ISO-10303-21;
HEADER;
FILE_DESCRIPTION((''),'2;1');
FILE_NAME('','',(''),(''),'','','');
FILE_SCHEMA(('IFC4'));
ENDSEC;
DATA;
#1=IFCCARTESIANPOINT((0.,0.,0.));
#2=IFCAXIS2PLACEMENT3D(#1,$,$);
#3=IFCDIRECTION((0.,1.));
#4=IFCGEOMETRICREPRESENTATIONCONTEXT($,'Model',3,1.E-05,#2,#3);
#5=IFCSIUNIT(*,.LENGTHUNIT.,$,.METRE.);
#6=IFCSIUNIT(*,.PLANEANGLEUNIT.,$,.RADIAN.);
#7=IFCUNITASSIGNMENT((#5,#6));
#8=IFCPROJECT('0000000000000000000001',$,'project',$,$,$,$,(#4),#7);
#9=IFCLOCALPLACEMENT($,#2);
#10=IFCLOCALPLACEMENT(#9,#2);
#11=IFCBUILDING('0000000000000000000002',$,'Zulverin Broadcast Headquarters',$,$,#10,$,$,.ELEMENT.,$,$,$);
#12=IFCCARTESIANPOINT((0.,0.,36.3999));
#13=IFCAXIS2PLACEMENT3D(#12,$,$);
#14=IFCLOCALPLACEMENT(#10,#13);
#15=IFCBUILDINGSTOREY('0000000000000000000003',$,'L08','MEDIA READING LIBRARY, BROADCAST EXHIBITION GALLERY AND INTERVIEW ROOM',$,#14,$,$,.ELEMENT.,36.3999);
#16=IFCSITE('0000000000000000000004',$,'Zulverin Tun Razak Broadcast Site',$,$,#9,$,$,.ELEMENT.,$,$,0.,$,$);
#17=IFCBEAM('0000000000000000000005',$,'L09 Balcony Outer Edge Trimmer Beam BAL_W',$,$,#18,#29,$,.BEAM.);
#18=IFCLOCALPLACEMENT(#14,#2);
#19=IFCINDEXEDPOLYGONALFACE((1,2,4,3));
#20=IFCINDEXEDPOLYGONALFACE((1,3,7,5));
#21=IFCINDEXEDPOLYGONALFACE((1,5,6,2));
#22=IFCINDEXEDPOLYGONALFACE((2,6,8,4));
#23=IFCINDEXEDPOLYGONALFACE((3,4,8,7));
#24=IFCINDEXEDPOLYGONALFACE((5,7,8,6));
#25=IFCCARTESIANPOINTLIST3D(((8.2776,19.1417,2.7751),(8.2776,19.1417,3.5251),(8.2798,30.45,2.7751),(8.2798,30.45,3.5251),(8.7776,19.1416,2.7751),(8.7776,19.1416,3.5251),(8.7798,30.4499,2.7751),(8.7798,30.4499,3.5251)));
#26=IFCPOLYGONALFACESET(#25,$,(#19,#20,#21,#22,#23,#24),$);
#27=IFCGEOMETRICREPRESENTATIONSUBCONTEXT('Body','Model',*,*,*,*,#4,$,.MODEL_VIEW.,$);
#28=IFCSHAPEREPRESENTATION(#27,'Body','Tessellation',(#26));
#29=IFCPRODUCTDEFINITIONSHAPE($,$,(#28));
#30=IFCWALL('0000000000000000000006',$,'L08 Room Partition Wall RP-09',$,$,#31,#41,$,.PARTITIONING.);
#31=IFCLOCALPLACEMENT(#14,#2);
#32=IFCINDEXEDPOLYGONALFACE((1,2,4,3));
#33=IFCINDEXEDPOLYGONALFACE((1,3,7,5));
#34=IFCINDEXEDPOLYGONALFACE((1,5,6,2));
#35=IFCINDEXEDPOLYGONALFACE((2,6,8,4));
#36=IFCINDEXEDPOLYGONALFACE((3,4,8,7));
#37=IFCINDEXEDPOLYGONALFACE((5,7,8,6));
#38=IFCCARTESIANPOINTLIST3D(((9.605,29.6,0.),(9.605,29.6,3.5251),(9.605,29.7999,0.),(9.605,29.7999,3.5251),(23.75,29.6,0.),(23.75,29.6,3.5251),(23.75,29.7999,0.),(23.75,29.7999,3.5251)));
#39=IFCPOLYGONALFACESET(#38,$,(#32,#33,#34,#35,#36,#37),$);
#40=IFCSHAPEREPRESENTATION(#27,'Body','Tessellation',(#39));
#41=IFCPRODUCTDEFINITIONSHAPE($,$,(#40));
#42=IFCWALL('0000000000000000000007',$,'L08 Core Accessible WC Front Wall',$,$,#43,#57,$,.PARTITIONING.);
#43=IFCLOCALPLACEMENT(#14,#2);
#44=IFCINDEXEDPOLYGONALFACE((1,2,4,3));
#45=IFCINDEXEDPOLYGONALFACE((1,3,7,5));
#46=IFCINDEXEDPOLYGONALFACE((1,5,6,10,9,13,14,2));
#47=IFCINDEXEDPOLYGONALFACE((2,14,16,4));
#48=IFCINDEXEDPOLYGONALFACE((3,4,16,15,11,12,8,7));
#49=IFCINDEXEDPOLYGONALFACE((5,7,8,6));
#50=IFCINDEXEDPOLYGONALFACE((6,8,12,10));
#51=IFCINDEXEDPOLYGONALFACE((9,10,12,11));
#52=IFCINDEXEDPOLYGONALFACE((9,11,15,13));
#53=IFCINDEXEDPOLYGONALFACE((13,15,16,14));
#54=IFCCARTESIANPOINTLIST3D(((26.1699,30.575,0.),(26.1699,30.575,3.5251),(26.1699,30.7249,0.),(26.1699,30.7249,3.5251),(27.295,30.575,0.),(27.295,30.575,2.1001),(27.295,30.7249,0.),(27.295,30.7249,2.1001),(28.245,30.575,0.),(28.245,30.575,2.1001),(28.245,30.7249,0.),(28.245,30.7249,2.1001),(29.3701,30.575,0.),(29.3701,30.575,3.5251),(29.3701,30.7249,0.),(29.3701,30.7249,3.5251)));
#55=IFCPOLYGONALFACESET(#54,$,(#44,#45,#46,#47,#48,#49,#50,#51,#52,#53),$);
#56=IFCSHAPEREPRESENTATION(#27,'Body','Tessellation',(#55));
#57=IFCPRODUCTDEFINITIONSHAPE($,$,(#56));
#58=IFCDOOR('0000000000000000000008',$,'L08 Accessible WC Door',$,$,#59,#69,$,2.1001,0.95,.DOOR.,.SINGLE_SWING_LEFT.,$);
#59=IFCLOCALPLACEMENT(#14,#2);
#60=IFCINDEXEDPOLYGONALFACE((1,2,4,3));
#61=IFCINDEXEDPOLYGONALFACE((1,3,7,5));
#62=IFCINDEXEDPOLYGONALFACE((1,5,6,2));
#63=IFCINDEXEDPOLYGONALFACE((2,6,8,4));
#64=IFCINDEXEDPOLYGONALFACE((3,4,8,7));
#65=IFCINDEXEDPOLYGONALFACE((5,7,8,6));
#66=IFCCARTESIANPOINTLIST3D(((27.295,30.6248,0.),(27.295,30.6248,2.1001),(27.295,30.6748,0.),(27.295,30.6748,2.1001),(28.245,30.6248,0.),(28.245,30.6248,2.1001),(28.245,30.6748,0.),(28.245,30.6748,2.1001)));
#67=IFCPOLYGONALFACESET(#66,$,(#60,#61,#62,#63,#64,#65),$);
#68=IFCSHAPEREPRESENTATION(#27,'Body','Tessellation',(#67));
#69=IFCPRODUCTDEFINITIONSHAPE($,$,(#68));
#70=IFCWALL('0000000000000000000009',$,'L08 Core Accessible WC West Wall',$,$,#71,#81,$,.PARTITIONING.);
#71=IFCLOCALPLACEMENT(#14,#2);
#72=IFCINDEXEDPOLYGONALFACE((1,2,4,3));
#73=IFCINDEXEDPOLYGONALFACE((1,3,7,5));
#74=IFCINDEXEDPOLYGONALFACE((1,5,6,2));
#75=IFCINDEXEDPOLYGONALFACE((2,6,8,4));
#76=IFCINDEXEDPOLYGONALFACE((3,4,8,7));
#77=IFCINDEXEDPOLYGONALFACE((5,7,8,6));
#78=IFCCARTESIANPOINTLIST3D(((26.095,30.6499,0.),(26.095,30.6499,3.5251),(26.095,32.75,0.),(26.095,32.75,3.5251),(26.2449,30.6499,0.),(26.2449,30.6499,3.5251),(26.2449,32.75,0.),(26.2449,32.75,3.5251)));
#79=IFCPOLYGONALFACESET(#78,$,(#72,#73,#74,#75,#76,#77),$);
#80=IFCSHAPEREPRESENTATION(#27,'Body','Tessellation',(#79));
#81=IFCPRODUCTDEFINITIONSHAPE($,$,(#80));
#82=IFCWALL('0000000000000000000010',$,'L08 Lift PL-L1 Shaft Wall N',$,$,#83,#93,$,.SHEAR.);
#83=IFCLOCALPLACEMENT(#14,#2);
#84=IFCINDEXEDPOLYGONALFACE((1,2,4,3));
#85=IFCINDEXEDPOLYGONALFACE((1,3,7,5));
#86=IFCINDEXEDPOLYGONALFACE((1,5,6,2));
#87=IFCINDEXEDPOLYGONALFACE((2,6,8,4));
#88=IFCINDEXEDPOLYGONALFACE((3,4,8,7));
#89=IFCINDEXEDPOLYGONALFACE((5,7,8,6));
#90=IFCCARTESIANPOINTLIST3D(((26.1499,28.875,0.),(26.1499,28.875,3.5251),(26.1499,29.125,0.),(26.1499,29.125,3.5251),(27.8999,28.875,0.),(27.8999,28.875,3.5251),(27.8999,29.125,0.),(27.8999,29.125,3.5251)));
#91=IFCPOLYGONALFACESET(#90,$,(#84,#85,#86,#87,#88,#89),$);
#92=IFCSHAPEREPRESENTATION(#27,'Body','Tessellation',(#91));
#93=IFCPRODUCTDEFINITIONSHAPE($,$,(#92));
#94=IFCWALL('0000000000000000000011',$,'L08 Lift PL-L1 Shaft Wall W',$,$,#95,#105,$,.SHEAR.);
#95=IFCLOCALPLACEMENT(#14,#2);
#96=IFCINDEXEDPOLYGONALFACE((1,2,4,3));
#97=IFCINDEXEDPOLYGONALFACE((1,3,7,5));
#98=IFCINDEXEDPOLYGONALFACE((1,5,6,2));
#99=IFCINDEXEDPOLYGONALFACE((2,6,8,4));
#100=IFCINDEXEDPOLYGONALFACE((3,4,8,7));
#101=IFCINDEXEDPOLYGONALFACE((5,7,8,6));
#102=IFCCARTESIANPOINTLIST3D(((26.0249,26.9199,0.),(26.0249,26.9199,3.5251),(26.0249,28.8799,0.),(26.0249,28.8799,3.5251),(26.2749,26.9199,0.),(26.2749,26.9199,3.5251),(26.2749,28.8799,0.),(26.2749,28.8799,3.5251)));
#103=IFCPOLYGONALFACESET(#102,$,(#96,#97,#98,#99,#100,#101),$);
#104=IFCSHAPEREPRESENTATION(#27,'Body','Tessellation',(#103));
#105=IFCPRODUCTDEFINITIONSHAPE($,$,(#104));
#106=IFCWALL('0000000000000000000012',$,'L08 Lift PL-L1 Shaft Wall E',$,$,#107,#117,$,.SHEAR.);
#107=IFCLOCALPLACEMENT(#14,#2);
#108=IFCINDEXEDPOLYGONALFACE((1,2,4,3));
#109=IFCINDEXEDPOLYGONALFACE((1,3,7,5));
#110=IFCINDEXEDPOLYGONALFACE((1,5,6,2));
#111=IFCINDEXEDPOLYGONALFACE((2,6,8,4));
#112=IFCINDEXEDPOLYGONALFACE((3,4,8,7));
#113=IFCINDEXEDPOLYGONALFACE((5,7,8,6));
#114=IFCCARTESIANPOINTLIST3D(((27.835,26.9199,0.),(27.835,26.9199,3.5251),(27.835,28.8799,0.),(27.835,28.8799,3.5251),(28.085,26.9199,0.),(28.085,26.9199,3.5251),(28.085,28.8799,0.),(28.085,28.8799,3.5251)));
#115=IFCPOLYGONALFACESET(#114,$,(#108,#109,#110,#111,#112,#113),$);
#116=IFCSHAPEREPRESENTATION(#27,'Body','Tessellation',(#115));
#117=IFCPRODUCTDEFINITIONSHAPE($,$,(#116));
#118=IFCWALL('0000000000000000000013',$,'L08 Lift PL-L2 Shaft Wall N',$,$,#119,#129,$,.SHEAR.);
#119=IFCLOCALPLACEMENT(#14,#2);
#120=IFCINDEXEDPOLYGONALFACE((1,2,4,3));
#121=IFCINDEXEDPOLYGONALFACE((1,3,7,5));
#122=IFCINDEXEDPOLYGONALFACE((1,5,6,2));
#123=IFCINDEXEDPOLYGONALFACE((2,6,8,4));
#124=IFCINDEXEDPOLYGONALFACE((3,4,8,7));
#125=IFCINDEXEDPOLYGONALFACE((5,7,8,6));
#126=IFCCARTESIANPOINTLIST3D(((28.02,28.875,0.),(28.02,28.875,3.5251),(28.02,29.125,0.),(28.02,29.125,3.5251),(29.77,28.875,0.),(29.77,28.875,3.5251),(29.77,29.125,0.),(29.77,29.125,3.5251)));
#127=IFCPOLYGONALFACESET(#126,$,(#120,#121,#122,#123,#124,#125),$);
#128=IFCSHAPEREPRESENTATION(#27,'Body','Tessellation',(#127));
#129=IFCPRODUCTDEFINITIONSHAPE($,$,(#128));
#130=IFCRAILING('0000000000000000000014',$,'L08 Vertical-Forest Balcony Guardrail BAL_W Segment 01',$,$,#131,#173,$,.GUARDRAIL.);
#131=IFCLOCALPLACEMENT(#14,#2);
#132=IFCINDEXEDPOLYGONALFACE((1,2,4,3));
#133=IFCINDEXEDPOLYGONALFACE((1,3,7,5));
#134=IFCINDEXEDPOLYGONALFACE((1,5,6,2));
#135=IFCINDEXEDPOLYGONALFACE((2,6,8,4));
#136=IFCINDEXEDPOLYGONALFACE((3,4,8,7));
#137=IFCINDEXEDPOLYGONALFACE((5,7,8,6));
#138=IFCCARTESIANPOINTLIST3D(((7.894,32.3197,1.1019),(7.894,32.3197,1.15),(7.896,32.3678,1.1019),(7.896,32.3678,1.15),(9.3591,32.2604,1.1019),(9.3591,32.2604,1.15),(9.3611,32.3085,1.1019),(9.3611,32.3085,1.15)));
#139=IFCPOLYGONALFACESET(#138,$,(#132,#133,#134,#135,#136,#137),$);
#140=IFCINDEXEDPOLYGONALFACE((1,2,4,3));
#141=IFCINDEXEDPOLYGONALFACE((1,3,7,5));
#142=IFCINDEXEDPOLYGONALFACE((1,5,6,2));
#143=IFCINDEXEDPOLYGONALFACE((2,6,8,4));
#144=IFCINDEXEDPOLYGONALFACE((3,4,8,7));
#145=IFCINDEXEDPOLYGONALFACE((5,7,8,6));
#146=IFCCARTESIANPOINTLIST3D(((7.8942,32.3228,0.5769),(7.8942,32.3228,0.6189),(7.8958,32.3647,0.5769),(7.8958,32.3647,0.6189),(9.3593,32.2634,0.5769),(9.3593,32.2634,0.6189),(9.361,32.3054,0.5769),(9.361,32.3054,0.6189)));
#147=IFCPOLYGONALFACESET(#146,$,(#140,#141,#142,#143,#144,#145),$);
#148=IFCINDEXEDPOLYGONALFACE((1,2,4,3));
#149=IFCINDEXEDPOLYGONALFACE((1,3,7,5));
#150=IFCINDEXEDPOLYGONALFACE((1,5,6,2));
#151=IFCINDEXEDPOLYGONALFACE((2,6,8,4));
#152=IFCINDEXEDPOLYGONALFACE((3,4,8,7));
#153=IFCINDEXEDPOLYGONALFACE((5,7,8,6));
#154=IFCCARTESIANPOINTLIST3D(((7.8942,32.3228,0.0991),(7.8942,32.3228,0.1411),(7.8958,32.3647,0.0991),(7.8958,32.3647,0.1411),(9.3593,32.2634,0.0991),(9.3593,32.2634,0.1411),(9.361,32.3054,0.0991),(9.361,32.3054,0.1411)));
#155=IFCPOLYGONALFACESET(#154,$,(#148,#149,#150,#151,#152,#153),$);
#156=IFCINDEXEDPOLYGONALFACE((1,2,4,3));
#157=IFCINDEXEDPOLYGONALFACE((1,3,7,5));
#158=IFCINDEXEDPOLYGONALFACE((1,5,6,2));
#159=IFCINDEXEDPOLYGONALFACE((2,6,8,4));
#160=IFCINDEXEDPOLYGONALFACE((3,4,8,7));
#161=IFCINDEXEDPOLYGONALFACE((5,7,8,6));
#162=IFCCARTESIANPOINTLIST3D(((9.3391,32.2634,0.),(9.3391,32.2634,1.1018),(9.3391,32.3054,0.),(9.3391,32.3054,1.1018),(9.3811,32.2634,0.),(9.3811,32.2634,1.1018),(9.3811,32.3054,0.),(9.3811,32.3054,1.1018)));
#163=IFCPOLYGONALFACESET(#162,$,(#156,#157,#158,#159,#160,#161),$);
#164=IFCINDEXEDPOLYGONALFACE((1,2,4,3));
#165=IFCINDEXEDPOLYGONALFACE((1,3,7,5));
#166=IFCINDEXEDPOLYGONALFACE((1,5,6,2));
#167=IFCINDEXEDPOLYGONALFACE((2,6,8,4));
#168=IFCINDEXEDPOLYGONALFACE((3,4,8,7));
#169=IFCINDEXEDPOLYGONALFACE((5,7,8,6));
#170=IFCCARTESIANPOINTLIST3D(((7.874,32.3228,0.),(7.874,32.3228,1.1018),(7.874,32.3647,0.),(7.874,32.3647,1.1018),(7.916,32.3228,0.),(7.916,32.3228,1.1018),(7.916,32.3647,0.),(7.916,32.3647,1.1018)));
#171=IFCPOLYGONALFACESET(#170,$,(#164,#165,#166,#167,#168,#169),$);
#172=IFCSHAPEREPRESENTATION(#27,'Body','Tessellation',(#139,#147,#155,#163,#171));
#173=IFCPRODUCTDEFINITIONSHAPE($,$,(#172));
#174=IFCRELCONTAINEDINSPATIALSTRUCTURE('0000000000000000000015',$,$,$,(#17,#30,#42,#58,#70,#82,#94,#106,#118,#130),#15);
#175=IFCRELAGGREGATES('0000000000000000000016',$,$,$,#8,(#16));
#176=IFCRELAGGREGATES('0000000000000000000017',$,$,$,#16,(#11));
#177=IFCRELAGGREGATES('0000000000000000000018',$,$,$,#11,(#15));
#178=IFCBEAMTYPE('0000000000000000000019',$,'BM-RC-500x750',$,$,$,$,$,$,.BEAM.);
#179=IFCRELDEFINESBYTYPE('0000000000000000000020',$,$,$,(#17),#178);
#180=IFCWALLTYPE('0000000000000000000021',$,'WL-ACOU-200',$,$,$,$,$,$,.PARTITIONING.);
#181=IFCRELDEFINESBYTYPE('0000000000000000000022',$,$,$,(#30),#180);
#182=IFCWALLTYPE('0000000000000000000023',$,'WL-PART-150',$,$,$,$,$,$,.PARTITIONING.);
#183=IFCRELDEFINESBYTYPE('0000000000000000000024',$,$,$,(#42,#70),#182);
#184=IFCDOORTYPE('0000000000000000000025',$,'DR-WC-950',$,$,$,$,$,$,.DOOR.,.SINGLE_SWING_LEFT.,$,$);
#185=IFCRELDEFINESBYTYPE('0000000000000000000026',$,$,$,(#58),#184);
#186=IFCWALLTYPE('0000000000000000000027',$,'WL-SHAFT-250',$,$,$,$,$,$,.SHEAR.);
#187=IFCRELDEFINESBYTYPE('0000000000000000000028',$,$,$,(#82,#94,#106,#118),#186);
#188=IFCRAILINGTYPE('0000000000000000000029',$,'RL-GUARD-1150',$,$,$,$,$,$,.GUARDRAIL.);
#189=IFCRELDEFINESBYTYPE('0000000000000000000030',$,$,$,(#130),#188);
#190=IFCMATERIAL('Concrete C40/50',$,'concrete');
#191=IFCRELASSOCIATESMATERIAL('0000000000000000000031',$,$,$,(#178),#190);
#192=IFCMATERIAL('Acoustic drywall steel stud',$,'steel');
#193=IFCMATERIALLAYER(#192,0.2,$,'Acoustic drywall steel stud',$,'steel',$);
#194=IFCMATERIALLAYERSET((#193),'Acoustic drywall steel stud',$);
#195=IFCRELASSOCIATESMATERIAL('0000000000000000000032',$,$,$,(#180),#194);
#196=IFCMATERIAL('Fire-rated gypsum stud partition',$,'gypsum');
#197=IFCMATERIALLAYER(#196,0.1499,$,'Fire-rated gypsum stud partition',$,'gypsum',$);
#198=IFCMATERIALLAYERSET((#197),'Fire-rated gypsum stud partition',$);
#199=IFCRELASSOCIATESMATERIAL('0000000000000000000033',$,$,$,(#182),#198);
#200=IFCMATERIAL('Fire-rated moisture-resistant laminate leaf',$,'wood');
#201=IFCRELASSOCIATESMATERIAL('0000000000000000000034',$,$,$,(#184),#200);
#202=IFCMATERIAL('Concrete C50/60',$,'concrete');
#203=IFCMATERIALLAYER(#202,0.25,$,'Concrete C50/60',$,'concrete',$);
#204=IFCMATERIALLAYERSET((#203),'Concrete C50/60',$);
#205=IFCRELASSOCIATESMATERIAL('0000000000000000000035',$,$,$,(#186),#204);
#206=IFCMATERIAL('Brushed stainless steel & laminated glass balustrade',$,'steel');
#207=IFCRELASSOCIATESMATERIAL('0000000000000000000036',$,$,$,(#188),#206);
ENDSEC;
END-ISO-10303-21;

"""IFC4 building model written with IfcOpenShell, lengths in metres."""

from ifc_helpers import new_model, si_unit, direction, frame, frame_2d, origin, origin_2d, place, context, subcontext, project, spatial, rectangle, extrude, material, layer, layer_set, material_profile, profile_set, type_object, element, fill, save


model = new_model("IFC4")

# Units and contexts
model_context = context("Model", 3, precision=1e-05, world=origin(), true_north=direction((0.0, 1.0)))
body_context = subcontext(model_context, "Body", "Model", "MODEL_VIEW")
ifc_project = project(units=[si_unit("LENGTHUNIT", "METRE"), si_unit("PLANEANGLEUNIT", "RADIAN")], contexts=[model_context])

# Site, building, storey
site_placement = place(None, origin())
site = spatial("IfcSite", under=ifc_project, at=site_placement, Name="Zulverin Tun Razak Broadcast Site", CompositionType="ELEMENT", RefElevation=0.0)
building_placement = place(site_placement, origin())
building = spatial("IfcBuilding", under=site, at=building_placement, Name="Zulverin Broadcast Headquarters", CompositionType="ELEMENT")
storey_placement = place(building_placement, frame((0.0, 0.0, 36.3999)))
storey = spatial("IfcBuildingStorey", under=building, at=storey_placement, Name="L08", Description="MEDIA READING LIBRARY, BROADCAST EXHIBITION GALLERY AND INTERVIEW ROOM", CompositionType="ELEMENT", Elevation=36.3999)

# Beam
ifc_material_1 = material(Name="Concrete C40/50", Category="concrete")
ifc_material_profile = material_profile(ifc_material_1, rectangle(XDim=0.5, YDim=0.75, at=origin_2d()), Name="Concrete C40/50", Category="concrete")
ifc_profile_set = profile_set([ifc_material_profile], Name="Concrete C40/50")
beam_type = type_object("IfcBeamType", Name="BM-RC-500x750", PredefinedType="BEAM", material=ifc_profile_set)
beam_placement = place(storey_placement, frame((8.5298, 30.45, 3.1501), z_axis=(-0.000194, -1.0, 0.0), x_axis=(1.0, -0.000194, 0.0)))
element("IfcBeam", 1, at=beam_placement, inside=storey, type_object=beam_type, Name="L09 Balcony Outer Edge Trimmer Beam BAL_W", PredefinedType="BEAM", context=body_context, shape_type="SweptSolid", body=[
    extrude(rectangle(XDim=0.5, YDim=0.75, at=origin_2d()), origin(), (0.0, 0.0, 1.0), 11.3083),
])

# Wall
ifc_material_2 = material(Name="Acoustic drywall steel stud", Category="steel")
ifc_layer_1 = layer(ifc_material_2, 0.2, Name="Acoustic drywall steel stud", Category="steel")
ifc_layer_set_1 = layer_set([ifc_layer_1], Name="Acoustic drywall steel stud")
wall_type_1 = type_object("IfcWallType", Name="WL-ACOU-200", PredefinedType="PARTITIONING", material=ifc_layer_set_1)
wall_1_placement = place(storey_placement, frame((9.605, 29.7, 0.0), z_axis=(0.0, 0.0, 1.0), x_axis=(1.0, 0.0, 0.0)))
element("IfcWall", 2, at=wall_1_placement, inside=storey, type_object=wall_type_1, Name="L08 Room Partition Wall RP-09", PredefinedType="PARTITIONING", context=body_context, shape_type="SweptSolid", body=[
    extrude(rectangle(XDim=14.145, YDim=0.2, at=frame_2d((7.0725, 0.0))), origin(), (0.0, 0.0, 1.0), 3.5251),
])

# Wall, opening, door
ifc_material_3 = material(Name="Fire-rated gypsum stud partition", Category="gypsum")
ifc_layer_2 = layer(ifc_material_3, 0.1499, Name="Fire-rated gypsum stud partition", Category="gypsum")
ifc_layer_set_2 = layer_set([ifc_layer_2], Name="Fire-rated gypsum stud partition")
wall_type_2 = type_object("IfcWallType", Name="WL-PART-150", PredefinedType="PARTITIONING", material=ifc_layer_set_2)
wall_2_placement = place(storey_placement, frame((26.1699, 30.6499, 0.0), z_axis=(0.0, 0.0, 1.0), x_axis=(1.0, 0.0, 0.0)))
wall_2 = element("IfcWall", 3, at=wall_2_placement, inside=storey, type_object=wall_type_2, Name="L08 Core Accessible WC Front Wall", PredefinedType="PARTITIONING", context=body_context, shape_type="SweptSolid", body=[
    extrude(rectangle(XDim=3.2002, YDim=0.1499, at=frame_2d((1.6001, 0.0))), origin(), (0.0, 0.0, 1.0), 3.5251),
])
opening_1_placement = place(wall_2_placement, frame((1.125, 0.0, 0.0)))
opening_1 = element("IfcOpeningElement", 4, at=opening_1_placement, cuts=wall_2, PredefinedType="OPENING", context=body_context, shape_type="SweptSolid", body=[
    extrude(rectangle(XDim=0.95, YDim=2.1001, at=frame_2d((0.4751, 1.05))), frame((0.0, 0.085, 0.0), z_axis=(0.0, -1.0, 0.0), x_axis=(1.0, 0.0, 0.0)), (0.0, 0.0, 1.0), 0.1699),
])
ifc_material_4 = material(Name="Fire-rated moisture-resistant laminate leaf", Category="wood")
door_type_1 = type_object("IfcDoorType", Name="DR-WC-950", OperationType="SINGLE_SWING_LEFT", PredefinedType="DOOR", material=ifc_material_4)
door_1_placement = place(opening_1_placement, origin())
door_1 = element("IfcDoor", 5, at=door_1_placement, inside=storey, type_object=door_type_1, Name="L08 Accessible WC Door", OperationType="SINGLE_SWING_LEFT", OverallHeight=2.1001, OverallWidth=0.95, PredefinedType="DOOR", context=body_context, shape_type="SweptSolid", body=[
    extrude(rectangle(XDim=0.95, YDim=2.1001, at=frame_2d((0.4751, 1.05))), frame((0.0, 0.0249, 0.0), z_axis=(0.0, -1.0, 0.0), x_axis=(1.0, 0.0, 0.0)), (0.0, 0.0, 1.0), 0.05),
])
fill(opening_1, door_1)

# Wall
wall_3_placement = place(storey_placement, frame((26.1699, 30.6499, 0.0), z_axis=(0.0, 0.0, 1.0), x_axis=(0.0, 1.0, 0.0)))
element("IfcWall", 6, at=wall_3_placement, inside=storey, type_object=wall_type_2, Name="L08 Core Accessible WC West Wall", PredefinedType="PARTITIONING", context=body_context, shape_type="SweptSolid", body=[
    extrude(rectangle(XDim=2.1001, YDim=0.1499, at=frame_2d((1.05, 0.0))), origin(), (0.0, 0.0, 1.0), 3.5251),
])

# Shared definitions
ifc_material_5 = material(Name="Concrete C50/60", Category="concrete")
ifc_layer_3 = layer(ifc_material_5, 0.25, Name="Concrete C50/60", Category="concrete")
ifc_layer_set_3 = layer_set([ifc_layer_3], Name="Concrete C50/60")
wall_type_3 = type_object("IfcWallType", Name="WL-SHAFT-250", PredefinedType="SHEAR", material=ifc_layer_set_3)

# Walls
wall_4_placement = place(storey_placement, frame((26.1499, 29.0, 0.0), z_axis=(0.0, 0.0, 1.0), x_axis=(1.0, 0.0, 0.0)))
element("IfcWall", 7, at=wall_4_placement, inside=storey, type_object=wall_type_3, Name="L08 Lift PL-L1 Shaft Wall N", PredefinedType="SHEAR", context=body_context, shape_type="SweptSolid", body=[
    extrude(rectangle(XDim=1.75, YDim=0.25, at=frame_2d((0.875, 0.0))), origin(), (0.0, 0.0, 1.0), 3.5251),
])
for number, where, z_axis, x_axis, name in (
    (8, (26.1499, 26.9199, 0.0), (0.0, 0.0, 1.0), (0.0, 1.0, 0.0), "L08 Lift PL-L1 Shaft Wall W"),
    (9, (27.96, 26.9199, 0.0), (0.0, 0.0, 1.0), (0.0, 1.0, 0.0), "L08 Lift PL-L1 Shaft Wall E"),
):
    element("IfcWall", number, at=place(storey_placement, frame(where, z_axis=z_axis, x_axis=x_axis)), inside=storey, type_object=wall_type_3, Name=name, PredefinedType="SHEAR", context=body_context, shape_type="SweptSolid", body=[
        extrude(rectangle(XDim=1.96, YDim=0.25, at=frame_2d((0.98, 0.0))), origin(), (0.0, 0.0, 1.0), 3.5251),
    ])

# Wall
wall_5_placement = place(storey_placement, frame((28.02, 29.0, 0.0), z_axis=(0.0, 0.0, 1.0), x_axis=(1.0, 0.0, 0.0)))
element("IfcWall", 10, at=wall_5_placement, inside=storey, type_object=wall_type_3, Name="L08 Lift PL-L2 Shaft Wall N", PredefinedType="SHEAR", context=body_context, shape_type="SweptSolid", body=[
    extrude(rectangle(XDim=1.75, YDim=0.25, at=frame_2d((0.875, 0.0))), origin(), (0.0, 0.0, 1.0), 3.5251),
])

# Railing
ifc_material_6 = material(Name="Brushed stainless steel & laminated glass balustrade", Category="steel")
railing_type = type_object("IfcRailingType", Name="RL-GUARD-1150", PredefinedType="GUARDRAIL", material=ifc_material_6)
railing_1_placement = place(storey_placement, frame((9.3601, 32.2844, 0.0)))
element("IfcRailing", 11, at=railing_1_placement, inside=storey, type_object=railing_type, Name="L08 Vertical-Forest Balcony Guardrail BAL_W Segment 01", PredefinedType="GUARDRAIL", context=body_context, shape_type="SweptSolid", body=[
    extrude(rectangle(XDim=0.0481, YDim=0.0481, at=origin_2d()), frame((0.0, 0.0, 1.126), z_axis=(-0.999181, 0.04046, 0.0), x_axis=(-0.04046, -0.999181, 0.0)), (0.0, 0.0, 1.0), 1.4663),
    extrude(rectangle(XDim=0.042, YDim=0.042, at=origin_2d()), frame((0.0, 0.0, 0.5979), z_axis=(-0.999181, 0.04046, 0.0), x_axis=(-0.04046, -0.999181, 0.0)), (0.0, 0.0, 1.0), 1.4663),
    extrude(rectangle(XDim=0.042, YDim=0.042, at=origin_2d()), frame((0.0, 0.0, 0.1201), z_axis=(-0.999181, 0.04046, 0.0), x_axis=(-0.04046, -0.999181, 0.0)), (0.0, 0.0, 1.0), 1.4663),
    extrude(rectangle(XDim=0.042, YDim=0.042, at=origin_2d()), origin(), (0.0, 0.0, 1.0), 1.1018),
    extrude(rectangle(XDim=0.042, YDim=0.042, at=origin_2d()), frame((-1.4651, 0.0593, 0.0)), (0.0, 0.0, 1.0), 1.1018),
])

save(model, "model.ifc")
